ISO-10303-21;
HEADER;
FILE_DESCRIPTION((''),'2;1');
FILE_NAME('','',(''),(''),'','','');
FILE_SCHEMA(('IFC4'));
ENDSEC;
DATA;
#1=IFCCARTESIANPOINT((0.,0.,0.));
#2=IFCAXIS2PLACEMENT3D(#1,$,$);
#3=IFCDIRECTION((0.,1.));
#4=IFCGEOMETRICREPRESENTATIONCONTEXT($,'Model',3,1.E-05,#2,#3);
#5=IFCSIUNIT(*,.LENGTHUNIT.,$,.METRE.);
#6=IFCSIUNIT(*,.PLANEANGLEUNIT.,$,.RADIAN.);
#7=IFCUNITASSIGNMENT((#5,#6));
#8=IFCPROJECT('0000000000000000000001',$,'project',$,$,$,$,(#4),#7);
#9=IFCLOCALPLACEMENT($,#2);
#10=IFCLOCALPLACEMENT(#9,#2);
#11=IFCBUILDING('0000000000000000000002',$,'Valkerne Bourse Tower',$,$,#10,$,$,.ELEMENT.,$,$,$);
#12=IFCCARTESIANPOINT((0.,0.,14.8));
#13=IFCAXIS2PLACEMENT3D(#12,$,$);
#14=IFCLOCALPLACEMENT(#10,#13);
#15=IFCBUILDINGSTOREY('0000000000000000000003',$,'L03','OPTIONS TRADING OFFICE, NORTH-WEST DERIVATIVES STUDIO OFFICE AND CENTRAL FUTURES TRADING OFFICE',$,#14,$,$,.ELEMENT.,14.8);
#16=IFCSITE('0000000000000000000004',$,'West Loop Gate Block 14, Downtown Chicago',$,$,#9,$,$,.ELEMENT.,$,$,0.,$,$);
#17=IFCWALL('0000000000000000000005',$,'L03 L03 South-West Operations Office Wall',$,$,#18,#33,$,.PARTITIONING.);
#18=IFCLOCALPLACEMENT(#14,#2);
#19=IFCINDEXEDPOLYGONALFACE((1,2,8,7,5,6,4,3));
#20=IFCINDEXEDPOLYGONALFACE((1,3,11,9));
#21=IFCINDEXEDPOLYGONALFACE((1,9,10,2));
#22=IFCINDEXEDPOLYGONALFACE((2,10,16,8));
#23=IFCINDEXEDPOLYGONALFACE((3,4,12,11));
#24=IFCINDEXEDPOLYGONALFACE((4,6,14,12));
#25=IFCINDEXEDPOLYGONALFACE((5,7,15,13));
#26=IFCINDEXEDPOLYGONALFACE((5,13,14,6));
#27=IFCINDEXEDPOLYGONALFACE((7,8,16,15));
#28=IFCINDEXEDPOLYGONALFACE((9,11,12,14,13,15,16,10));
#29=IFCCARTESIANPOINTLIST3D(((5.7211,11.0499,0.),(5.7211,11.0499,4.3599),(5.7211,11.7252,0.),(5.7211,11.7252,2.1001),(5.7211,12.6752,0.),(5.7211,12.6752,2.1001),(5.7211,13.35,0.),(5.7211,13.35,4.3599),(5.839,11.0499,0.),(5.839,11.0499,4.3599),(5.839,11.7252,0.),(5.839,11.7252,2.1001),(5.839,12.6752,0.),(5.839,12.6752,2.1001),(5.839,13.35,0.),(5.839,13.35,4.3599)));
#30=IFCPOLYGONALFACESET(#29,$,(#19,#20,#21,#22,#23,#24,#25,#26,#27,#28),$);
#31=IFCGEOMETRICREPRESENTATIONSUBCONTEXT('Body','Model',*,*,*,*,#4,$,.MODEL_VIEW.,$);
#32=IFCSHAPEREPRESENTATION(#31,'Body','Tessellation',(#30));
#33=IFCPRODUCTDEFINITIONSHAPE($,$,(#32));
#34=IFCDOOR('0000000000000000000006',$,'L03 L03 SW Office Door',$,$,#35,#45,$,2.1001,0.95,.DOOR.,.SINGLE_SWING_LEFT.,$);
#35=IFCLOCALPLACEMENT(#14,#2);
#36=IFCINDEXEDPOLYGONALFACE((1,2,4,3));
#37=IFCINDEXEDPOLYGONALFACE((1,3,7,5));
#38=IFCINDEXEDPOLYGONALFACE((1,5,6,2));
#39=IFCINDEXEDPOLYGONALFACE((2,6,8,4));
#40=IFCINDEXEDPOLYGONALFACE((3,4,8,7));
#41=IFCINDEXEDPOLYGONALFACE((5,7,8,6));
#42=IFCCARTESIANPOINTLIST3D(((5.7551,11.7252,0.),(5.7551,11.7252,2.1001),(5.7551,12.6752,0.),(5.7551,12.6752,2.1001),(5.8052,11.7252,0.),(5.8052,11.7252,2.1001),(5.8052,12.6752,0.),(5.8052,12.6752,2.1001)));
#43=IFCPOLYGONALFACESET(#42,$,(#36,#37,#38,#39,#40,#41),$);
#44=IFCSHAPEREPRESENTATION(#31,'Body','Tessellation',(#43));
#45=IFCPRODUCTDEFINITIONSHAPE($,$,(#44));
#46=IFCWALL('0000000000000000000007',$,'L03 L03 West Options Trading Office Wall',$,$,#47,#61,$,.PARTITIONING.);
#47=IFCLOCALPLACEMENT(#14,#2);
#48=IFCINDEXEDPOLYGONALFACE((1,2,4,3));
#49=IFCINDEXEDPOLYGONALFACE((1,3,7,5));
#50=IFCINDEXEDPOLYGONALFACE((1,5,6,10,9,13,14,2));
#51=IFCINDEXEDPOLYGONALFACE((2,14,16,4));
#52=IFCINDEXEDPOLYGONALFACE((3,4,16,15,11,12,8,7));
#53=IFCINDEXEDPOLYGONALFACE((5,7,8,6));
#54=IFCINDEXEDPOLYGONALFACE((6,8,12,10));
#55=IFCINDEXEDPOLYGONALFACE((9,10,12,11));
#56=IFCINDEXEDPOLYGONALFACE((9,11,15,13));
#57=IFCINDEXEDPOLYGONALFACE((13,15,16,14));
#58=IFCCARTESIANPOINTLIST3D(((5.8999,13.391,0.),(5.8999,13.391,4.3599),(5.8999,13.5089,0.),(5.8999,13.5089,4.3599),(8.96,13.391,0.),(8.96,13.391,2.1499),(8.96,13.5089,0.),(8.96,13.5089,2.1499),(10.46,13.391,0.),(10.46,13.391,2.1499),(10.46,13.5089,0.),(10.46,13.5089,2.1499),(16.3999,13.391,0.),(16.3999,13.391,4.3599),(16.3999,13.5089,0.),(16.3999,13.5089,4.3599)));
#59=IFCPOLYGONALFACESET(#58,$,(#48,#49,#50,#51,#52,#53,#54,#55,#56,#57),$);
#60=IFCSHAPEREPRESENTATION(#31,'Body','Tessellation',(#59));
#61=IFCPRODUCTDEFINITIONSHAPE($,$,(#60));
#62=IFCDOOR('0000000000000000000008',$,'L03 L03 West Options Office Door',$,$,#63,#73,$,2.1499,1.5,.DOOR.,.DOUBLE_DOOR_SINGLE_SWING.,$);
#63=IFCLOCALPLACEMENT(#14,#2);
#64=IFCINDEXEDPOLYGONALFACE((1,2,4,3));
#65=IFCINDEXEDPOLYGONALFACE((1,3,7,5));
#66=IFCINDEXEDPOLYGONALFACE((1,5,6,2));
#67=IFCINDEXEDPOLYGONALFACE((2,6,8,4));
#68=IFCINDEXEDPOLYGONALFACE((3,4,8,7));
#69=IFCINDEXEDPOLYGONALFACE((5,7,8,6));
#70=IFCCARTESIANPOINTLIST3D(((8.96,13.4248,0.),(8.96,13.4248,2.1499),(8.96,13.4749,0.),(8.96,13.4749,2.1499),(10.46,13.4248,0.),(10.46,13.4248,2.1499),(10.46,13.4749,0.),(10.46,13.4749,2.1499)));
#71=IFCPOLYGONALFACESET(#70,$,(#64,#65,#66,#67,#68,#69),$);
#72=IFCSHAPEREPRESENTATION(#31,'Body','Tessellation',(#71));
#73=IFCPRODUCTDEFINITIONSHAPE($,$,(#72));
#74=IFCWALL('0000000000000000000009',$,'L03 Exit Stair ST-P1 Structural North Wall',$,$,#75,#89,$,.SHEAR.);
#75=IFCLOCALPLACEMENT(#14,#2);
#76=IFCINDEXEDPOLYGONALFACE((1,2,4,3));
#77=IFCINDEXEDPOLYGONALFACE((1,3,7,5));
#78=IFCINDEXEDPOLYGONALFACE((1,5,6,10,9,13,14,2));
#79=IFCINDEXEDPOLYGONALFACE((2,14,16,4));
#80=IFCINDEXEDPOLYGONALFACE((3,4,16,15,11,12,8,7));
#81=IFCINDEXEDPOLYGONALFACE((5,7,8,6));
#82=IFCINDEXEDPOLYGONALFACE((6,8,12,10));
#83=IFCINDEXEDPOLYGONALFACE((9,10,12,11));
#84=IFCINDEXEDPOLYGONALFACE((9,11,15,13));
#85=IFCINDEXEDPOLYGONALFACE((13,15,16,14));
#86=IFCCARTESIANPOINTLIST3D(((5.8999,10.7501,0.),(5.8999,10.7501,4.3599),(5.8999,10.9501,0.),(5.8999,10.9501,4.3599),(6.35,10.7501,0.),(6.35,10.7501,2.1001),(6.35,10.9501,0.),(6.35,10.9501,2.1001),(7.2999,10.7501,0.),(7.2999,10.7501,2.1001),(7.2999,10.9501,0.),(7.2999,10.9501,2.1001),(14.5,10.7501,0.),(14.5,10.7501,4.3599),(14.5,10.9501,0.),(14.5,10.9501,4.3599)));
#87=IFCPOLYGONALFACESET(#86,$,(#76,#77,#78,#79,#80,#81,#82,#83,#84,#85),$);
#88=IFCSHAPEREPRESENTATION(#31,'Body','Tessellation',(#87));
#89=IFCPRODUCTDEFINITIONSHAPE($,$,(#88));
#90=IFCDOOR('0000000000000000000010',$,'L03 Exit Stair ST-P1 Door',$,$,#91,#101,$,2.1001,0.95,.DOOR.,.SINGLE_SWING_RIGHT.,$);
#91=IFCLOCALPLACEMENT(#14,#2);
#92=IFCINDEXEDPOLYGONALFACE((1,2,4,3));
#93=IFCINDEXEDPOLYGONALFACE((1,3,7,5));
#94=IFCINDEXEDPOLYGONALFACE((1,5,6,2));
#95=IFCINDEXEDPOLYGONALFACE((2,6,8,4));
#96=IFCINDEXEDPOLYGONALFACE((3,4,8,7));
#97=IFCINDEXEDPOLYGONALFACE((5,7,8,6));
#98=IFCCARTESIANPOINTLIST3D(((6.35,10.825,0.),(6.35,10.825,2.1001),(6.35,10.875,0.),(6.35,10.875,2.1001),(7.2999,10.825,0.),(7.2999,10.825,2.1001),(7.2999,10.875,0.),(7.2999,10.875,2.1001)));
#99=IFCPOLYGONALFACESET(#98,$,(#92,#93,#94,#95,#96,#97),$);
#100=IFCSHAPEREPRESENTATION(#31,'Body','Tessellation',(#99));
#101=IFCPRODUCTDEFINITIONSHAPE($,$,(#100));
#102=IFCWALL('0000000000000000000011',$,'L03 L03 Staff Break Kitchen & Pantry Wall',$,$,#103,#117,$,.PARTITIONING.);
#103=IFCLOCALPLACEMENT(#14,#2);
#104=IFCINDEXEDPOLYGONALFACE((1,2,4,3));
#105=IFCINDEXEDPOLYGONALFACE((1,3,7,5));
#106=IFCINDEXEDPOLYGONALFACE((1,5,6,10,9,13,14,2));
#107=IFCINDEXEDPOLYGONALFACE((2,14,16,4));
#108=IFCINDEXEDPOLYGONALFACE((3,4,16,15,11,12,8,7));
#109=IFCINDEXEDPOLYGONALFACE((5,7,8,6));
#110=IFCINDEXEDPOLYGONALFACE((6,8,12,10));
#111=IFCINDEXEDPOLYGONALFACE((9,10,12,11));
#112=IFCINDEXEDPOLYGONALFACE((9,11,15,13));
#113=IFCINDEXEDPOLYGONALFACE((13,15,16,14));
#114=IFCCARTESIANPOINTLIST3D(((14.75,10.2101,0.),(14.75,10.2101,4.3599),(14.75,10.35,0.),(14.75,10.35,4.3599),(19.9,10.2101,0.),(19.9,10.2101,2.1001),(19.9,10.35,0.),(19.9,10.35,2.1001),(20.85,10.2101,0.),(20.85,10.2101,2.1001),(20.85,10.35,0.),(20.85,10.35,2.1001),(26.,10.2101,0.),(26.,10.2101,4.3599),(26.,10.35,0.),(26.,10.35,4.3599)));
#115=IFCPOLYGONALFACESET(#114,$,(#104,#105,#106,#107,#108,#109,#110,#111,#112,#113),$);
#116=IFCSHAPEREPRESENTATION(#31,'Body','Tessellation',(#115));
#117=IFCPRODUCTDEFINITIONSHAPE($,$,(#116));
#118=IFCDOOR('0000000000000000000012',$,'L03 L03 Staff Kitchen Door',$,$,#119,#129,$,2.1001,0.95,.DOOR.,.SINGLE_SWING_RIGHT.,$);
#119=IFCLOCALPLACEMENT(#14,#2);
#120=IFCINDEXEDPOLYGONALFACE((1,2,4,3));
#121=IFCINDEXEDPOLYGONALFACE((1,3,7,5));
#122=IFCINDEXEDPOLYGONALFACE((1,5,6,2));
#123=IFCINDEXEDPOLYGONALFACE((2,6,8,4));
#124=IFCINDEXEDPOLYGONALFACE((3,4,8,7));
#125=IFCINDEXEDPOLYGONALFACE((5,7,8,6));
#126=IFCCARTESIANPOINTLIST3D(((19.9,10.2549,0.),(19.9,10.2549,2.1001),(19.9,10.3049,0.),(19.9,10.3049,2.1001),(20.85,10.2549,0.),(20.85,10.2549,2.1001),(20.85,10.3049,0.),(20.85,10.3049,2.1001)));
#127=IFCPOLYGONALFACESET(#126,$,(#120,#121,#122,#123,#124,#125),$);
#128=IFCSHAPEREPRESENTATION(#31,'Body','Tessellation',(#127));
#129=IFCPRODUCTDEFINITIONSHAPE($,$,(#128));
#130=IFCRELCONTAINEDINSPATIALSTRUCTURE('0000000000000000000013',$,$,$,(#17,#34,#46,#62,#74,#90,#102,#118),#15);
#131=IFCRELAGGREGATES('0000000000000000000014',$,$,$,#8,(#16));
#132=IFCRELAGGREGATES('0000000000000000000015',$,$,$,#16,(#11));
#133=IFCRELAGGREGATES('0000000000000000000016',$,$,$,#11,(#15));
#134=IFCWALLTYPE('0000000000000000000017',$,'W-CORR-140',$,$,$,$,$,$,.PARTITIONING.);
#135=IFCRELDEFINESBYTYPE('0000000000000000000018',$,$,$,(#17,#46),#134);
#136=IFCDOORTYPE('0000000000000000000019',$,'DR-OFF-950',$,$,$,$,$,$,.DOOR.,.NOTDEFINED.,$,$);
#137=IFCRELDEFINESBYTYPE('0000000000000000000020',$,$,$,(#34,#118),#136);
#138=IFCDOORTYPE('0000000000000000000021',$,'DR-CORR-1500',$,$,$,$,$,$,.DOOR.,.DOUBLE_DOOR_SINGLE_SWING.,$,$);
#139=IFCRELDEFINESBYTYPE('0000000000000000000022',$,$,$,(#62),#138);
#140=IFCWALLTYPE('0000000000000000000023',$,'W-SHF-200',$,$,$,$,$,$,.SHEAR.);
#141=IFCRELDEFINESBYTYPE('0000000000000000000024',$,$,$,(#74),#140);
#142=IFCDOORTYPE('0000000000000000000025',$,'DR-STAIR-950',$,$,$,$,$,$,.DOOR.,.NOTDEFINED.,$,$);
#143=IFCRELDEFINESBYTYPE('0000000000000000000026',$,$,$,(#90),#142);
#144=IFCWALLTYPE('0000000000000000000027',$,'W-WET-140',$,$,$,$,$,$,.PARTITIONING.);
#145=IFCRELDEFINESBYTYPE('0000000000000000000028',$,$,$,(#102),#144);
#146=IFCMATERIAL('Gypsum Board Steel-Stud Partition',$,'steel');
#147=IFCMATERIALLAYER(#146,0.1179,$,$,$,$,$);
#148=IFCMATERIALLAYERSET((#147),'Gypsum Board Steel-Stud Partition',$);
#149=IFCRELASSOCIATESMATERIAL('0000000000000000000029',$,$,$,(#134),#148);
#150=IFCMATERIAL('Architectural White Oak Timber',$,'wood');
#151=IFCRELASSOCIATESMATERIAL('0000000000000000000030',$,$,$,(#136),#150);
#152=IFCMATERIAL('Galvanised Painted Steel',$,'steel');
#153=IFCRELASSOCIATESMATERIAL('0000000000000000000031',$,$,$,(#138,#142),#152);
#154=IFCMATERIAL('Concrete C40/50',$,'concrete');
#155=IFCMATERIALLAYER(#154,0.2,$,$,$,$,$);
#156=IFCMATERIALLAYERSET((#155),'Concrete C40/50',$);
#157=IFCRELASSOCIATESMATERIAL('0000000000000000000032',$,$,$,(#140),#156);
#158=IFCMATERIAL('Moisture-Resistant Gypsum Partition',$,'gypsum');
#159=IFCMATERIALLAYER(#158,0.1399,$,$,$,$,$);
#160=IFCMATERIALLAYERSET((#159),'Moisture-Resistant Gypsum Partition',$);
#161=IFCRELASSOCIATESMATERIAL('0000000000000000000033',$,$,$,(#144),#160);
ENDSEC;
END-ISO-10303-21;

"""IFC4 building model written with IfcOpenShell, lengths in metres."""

from ifc_helpers import new_model, si_unit, direction, frame, frame_2d, origin, place, context, subcontext, project, spatial, rectangle, extrude, material, layer, layer_set, type_object, element, fill, save


model = new_model("IFC4")

# Units and contexts
model_context = context("Model", 3, precision=1e-05, world=origin(), true_north=direction((0.0, 1.0)))
body_context = subcontext(model_context, "Body", "Model", "MODEL_VIEW")
ifc_project = project(units=[si_unit("LENGTHUNIT", "METRE"), si_unit("PLANEANGLEUNIT", "RADIAN")], contexts=[model_context])

# Site, building, storey
site_placement = place(None, origin())
site = spatial("IfcSite", under=ifc_project, at=site_placement, Name="West Loop Gate Block 14, Downtown Chicago", CompositionType="ELEMENT", RefElevation=0.0)
building_placement = place(site_placement, origin())
building = spatial("IfcBuilding", under=site, at=building_placement, Name="Valkerne Bourse Tower", CompositionType="ELEMENT")
storey_placement = place(building_placement, frame((0.0, 0.0, 14.8)))
storey = spatial("IfcBuildingStorey", under=building, at=storey_placement, Name="L03", Description="OPTIONS TRADING OFFICE, NORTH-WEST DERIVATIVES STUDIO OFFICE AND CENTRAL FUTURES TRADING OFFICE", CompositionType="ELEMENT", Elevation=14.8)

# Walls, openings, doors
ifc_material_1 = material(Name="Gypsum Board Steel-Stud Partition", Category="steel")
ifc_layer_1 = layer(ifc_material_1, 0.1179)
ifc_layer_set_1 = layer_set([ifc_layer_1], Name="Gypsum Board Steel-Stud Partition")
wall_type_1 = type_object("IfcWallType", Name="W-CORR-140", PredefinedType="PARTITIONING", material=ifc_layer_set_1)
wall_1_placement = place(storey_placement, frame((5.78, 11.05, 0.0), z_axis=(0.0, 0.0, 1.0), x_axis=(0.0, 1.0, 0.0)))
wall_1 = element("IfcWall", 1, at=wall_1_placement, inside=storey, type_object=wall_type_1, Name="L03 L03 South-West Operations Office Wall", PredefinedType="PARTITIONING", context=body_context, shape_type="SweptSolid", body=[
    extrude(rectangle(XDim=2.3, YDim=0.1179, at=frame_2d((1.1499, 0.0))), origin(), (0.0, 0.0, 1.0), 4.3599),
])
opening_1_placement = place(wall_1_placement, frame((0.675, 0.0, 0.0)))
opening_1 = element("IfcOpeningElement", 2, at=opening_1_placement, cuts=wall_1, PredefinedType="OPENING", context=body_context, shape_type="SweptSolid", body=[
    extrude(rectangle(XDim=0.95, YDim=2.1001, at=frame_2d((0.4751, 1.05))), frame((0.0, 0.0688, 0.0), z_axis=(0.0, -1.0, 0.0), x_axis=(1.0, 0.0, 0.0)), (0.0, 0.0, 1.0), 0.1379),
])
ifc_material_2 = material(Name="Architectural White Oak Timber", Category="wood")
door_type_1 = type_object("IfcDoorType", Name="DR-OFF-950", OperationType="NOTDEFINED", PredefinedType="DOOR", material=ifc_material_2)
door_1_placement = place(opening_1_placement, origin())
door_1 = element("IfcDoor", 3, at=door_1_placement, inside=storey, type_object=door_type_1, Name="L03 L03 SW Office Door", OperationType="SINGLE_SWING_LEFT", OverallHeight=2.1001, OverallWidth=0.95, PredefinedType="DOOR", context=body_context, shape_type="SweptSolid", body=[
    extrude(rectangle(XDim=0.95, YDim=2.1001, at=frame_2d((0.4751, 1.05))), frame((0.0, 0.0249, 0.0), z_axis=(0.0, -1.0, 0.0), x_axis=(1.0, 0.0, 0.0)), (0.0, 0.0, 1.0), 0.05),
])
fill(opening_1, door_1)
wall_2_placement = place(storey_placement, frame((5.8999, 13.45, 0.0), z_axis=(0.0, 0.0, 1.0), x_axis=(1.0, 0.0, 0.0)))
wall_2 = element("IfcWall", 4, at=wall_2_placement, inside=storey, type_object=wall_type_1, Name="L03 L03 West Options Trading Office Wall", PredefinedType="PARTITIONING", context=body_context, shape_type="SweptSolid", body=[
    extrude(rectangle(XDim=10.5, YDim=0.1179, at=frame_2d((5.25, 0.0))), origin(), (0.0, 0.0, 1.0), 4.3599),
])
opening_2_placement = place(wall_2_placement, frame((3.0601, 0.0, 0.0)))
opening_2 = element("IfcOpeningElement", 5, at=opening_2_placement, cuts=wall_2, PredefinedType="OPENING", context=body_context, shape_type="SweptSolid", body=[
    extrude(rectangle(XDim=1.5, YDim=2.1499, at=frame_2d((0.75, 1.075))), frame((0.0, 0.0688, 0.0), z_axis=(0.0, -1.0, 0.0), x_axis=(1.0, 0.0, 0.0)), (0.0, 0.0, 1.0), 0.1379),
])
ifc_material_3 = material(Name="Galvanised Painted Steel", Category="steel")
door_type_2 = type_object("IfcDoorType", Name="DR-CORR-1500", OperationType="DOUBLE_DOOR_SINGLE_SWING", PredefinedType="DOOR", material=ifc_material_3)
door_2_placement = place(opening_2_placement, origin())
door_2 = element("IfcDoor", 6, at=door_2_placement, inside=storey, type_object=door_type_2, Name="L03 L03 West Options Office Door", OperationType="DOUBLE_DOOR_SINGLE_SWING", OverallHeight=2.1499, OverallWidth=1.5, PredefinedType="DOOR", context=body_context, shape_type="SweptSolid", body=[
    extrude(rectangle(XDim=1.5, YDim=2.1499, at=frame_2d((0.75, 1.075))), frame((0.0, 0.0249, 0.0), z_axis=(0.0, -1.0, 0.0), x_axis=(1.0, 0.0, 0.0)), (0.0, 0.0, 1.0), 0.05),
])
fill(opening_2, door_2)
ifc_material_4 = material(Name="Concrete C40/50", Category="concrete")
ifc_layer_2 = layer(ifc_material_4, 0.2)
ifc_layer_set_2 = layer_set([ifc_layer_2], Name="Concrete C40/50")
wall_type_2 = type_object("IfcWallType", Name="W-SHF-200", PredefinedType="SHEAR", material=ifc_layer_set_2)
wall_3_placement = place(storey_placement, frame((5.8999, 10.8501, 0.0), z_axis=(0.0, 0.0, 1.0), x_axis=(1.0, 0.0, 0.0)))
wall_3 = element("IfcWall", 7, at=wall_3_placement, inside=storey, type_object=wall_type_2, Name="L03 Exit Stair ST-P1 Structural North Wall", PredefinedType="SHEAR", context=body_context, shape_type="SweptSolid", body=[
    extrude(rectangle(XDim=8.6001, YDim=0.2, at=frame_2d((4.3, 0.0))), origin(), (0.0, 0.0, 1.0), 4.3599),
])
opening_3_placement = place(wall_3_placement, frame((0.45, 0.0, 0.0)))
opening_3 = element("IfcOpeningElement", 8, at=opening_3_placement, cuts=wall_3, PredefinedType="OPENING", context=body_context, shape_type="SweptSolid", body=[
    extrude(rectangle(XDim=0.95, YDim=2.1001, at=frame_2d((0.4751, 1.05))), frame((0.0, 0.1099, 0.0), z_axis=(0.0, -1.0, 0.0), x_axis=(1.0, 0.0, 0.0)), (0.0, 0.0, 1.0), 0.22),
])
door_type_3 = type_object("IfcDoorType", Name="DR-STAIR-950", OperationType="NOTDEFINED", PredefinedType="DOOR", material=ifc_material_3)
door_3_placement = place(opening_3_placement, origin())
door_3 = element("IfcDoor", 9, at=door_3_placement, inside=storey, type_object=door_type_3, Name="L03 Exit Stair ST-P1 Door", OperationType="SINGLE_SWING_RIGHT", OverallHeight=2.1001, OverallWidth=0.95, PredefinedType="DOOR", context=body_context, shape_type="SweptSolid", body=[
    extrude(rectangle(XDim=0.95, YDim=2.1001, at=frame_2d((0.4751, 1.05))), frame((0.0, 0.0249, 0.0), z_axis=(0.0, -1.0, 0.0), x_axis=(1.0, 0.0, 0.0)), (0.0, 0.0, 1.0), 0.05),
])
fill(opening_3, door_3)
ifc_material_5 = material(Name="Moisture-Resistant Gypsum Partition", Category="gypsum")
ifc_layer_3 = layer(ifc_material_5, 0.1399)
ifc_layer_set_3 = layer_set([ifc_layer_3], Name="Moisture-Resistant Gypsum Partition")
wall_type_3 = type_object("IfcWallType", Name="W-WET-140", PredefinedType="PARTITIONING", material=ifc_layer_set_3)
wall_4_placement = place(storey_placement, frame((14.75, 10.28, 0.0), z_axis=(0.0, 0.0, 1.0), x_axis=(1.0, 0.0, 0.0)))
wall_4 = element("IfcWall", 10, at=wall_4_placement, inside=storey, type_object=wall_type_3, Name="L03 L03 Staff Break Kitchen & Pantry Wall", PredefinedType="PARTITIONING", context=body_context, shape_type="SweptSolid", body=[
    extrude(rectangle(XDim=11.25, YDim=0.1399, at=frame_2d((5.625, 0.0))), origin(), (0.0, 0.0, 1.0), 4.3599),
])
opening_4_placement = place(wall_4_placement, frame((5.1499, 0.0, 0.0)))
opening_4 = element("IfcOpeningElement", 11, at=opening_4_placement, cuts=wall_4, PredefinedType="OPENING", context=body_context, shape_type="SweptSolid", body=[
    extrude(rectangle(XDim=0.95, YDim=2.1001, at=frame_2d((0.4751, 1.05))), frame((0.0, 0.0798, 0.0), z_axis=(0.0, -1.0, 0.0), x_axis=(1.0, 0.0, 0.0)), (0.0, 0.0, 1.0), 0.1599),
])
door_4_placement = place(opening_4_placement, origin())
door_4 = element("IfcDoor", 12, at=door_4_placement, inside=storey, type_object=door_type_1, Name="L03 L03 Staff Kitchen Door", OperationType="SINGLE_SWING_RIGHT", OverallHeight=2.1001, OverallWidth=0.95, PredefinedType="DOOR", context=body_context, shape_type="SweptSolid", body=[
    extrude(rectangle(XDim=0.95, YDim=2.1001, at=frame_2d((0.4751, 1.05))), frame((0.0, 0.0249, 0.0), z_axis=(0.0, -1.0, 0.0), x_axis=(1.0, 0.0, 0.0)), (0.0, 0.0, 1.0), 0.05),
])
fill(opening_4, door_4)

save(model, "model.ifc")
